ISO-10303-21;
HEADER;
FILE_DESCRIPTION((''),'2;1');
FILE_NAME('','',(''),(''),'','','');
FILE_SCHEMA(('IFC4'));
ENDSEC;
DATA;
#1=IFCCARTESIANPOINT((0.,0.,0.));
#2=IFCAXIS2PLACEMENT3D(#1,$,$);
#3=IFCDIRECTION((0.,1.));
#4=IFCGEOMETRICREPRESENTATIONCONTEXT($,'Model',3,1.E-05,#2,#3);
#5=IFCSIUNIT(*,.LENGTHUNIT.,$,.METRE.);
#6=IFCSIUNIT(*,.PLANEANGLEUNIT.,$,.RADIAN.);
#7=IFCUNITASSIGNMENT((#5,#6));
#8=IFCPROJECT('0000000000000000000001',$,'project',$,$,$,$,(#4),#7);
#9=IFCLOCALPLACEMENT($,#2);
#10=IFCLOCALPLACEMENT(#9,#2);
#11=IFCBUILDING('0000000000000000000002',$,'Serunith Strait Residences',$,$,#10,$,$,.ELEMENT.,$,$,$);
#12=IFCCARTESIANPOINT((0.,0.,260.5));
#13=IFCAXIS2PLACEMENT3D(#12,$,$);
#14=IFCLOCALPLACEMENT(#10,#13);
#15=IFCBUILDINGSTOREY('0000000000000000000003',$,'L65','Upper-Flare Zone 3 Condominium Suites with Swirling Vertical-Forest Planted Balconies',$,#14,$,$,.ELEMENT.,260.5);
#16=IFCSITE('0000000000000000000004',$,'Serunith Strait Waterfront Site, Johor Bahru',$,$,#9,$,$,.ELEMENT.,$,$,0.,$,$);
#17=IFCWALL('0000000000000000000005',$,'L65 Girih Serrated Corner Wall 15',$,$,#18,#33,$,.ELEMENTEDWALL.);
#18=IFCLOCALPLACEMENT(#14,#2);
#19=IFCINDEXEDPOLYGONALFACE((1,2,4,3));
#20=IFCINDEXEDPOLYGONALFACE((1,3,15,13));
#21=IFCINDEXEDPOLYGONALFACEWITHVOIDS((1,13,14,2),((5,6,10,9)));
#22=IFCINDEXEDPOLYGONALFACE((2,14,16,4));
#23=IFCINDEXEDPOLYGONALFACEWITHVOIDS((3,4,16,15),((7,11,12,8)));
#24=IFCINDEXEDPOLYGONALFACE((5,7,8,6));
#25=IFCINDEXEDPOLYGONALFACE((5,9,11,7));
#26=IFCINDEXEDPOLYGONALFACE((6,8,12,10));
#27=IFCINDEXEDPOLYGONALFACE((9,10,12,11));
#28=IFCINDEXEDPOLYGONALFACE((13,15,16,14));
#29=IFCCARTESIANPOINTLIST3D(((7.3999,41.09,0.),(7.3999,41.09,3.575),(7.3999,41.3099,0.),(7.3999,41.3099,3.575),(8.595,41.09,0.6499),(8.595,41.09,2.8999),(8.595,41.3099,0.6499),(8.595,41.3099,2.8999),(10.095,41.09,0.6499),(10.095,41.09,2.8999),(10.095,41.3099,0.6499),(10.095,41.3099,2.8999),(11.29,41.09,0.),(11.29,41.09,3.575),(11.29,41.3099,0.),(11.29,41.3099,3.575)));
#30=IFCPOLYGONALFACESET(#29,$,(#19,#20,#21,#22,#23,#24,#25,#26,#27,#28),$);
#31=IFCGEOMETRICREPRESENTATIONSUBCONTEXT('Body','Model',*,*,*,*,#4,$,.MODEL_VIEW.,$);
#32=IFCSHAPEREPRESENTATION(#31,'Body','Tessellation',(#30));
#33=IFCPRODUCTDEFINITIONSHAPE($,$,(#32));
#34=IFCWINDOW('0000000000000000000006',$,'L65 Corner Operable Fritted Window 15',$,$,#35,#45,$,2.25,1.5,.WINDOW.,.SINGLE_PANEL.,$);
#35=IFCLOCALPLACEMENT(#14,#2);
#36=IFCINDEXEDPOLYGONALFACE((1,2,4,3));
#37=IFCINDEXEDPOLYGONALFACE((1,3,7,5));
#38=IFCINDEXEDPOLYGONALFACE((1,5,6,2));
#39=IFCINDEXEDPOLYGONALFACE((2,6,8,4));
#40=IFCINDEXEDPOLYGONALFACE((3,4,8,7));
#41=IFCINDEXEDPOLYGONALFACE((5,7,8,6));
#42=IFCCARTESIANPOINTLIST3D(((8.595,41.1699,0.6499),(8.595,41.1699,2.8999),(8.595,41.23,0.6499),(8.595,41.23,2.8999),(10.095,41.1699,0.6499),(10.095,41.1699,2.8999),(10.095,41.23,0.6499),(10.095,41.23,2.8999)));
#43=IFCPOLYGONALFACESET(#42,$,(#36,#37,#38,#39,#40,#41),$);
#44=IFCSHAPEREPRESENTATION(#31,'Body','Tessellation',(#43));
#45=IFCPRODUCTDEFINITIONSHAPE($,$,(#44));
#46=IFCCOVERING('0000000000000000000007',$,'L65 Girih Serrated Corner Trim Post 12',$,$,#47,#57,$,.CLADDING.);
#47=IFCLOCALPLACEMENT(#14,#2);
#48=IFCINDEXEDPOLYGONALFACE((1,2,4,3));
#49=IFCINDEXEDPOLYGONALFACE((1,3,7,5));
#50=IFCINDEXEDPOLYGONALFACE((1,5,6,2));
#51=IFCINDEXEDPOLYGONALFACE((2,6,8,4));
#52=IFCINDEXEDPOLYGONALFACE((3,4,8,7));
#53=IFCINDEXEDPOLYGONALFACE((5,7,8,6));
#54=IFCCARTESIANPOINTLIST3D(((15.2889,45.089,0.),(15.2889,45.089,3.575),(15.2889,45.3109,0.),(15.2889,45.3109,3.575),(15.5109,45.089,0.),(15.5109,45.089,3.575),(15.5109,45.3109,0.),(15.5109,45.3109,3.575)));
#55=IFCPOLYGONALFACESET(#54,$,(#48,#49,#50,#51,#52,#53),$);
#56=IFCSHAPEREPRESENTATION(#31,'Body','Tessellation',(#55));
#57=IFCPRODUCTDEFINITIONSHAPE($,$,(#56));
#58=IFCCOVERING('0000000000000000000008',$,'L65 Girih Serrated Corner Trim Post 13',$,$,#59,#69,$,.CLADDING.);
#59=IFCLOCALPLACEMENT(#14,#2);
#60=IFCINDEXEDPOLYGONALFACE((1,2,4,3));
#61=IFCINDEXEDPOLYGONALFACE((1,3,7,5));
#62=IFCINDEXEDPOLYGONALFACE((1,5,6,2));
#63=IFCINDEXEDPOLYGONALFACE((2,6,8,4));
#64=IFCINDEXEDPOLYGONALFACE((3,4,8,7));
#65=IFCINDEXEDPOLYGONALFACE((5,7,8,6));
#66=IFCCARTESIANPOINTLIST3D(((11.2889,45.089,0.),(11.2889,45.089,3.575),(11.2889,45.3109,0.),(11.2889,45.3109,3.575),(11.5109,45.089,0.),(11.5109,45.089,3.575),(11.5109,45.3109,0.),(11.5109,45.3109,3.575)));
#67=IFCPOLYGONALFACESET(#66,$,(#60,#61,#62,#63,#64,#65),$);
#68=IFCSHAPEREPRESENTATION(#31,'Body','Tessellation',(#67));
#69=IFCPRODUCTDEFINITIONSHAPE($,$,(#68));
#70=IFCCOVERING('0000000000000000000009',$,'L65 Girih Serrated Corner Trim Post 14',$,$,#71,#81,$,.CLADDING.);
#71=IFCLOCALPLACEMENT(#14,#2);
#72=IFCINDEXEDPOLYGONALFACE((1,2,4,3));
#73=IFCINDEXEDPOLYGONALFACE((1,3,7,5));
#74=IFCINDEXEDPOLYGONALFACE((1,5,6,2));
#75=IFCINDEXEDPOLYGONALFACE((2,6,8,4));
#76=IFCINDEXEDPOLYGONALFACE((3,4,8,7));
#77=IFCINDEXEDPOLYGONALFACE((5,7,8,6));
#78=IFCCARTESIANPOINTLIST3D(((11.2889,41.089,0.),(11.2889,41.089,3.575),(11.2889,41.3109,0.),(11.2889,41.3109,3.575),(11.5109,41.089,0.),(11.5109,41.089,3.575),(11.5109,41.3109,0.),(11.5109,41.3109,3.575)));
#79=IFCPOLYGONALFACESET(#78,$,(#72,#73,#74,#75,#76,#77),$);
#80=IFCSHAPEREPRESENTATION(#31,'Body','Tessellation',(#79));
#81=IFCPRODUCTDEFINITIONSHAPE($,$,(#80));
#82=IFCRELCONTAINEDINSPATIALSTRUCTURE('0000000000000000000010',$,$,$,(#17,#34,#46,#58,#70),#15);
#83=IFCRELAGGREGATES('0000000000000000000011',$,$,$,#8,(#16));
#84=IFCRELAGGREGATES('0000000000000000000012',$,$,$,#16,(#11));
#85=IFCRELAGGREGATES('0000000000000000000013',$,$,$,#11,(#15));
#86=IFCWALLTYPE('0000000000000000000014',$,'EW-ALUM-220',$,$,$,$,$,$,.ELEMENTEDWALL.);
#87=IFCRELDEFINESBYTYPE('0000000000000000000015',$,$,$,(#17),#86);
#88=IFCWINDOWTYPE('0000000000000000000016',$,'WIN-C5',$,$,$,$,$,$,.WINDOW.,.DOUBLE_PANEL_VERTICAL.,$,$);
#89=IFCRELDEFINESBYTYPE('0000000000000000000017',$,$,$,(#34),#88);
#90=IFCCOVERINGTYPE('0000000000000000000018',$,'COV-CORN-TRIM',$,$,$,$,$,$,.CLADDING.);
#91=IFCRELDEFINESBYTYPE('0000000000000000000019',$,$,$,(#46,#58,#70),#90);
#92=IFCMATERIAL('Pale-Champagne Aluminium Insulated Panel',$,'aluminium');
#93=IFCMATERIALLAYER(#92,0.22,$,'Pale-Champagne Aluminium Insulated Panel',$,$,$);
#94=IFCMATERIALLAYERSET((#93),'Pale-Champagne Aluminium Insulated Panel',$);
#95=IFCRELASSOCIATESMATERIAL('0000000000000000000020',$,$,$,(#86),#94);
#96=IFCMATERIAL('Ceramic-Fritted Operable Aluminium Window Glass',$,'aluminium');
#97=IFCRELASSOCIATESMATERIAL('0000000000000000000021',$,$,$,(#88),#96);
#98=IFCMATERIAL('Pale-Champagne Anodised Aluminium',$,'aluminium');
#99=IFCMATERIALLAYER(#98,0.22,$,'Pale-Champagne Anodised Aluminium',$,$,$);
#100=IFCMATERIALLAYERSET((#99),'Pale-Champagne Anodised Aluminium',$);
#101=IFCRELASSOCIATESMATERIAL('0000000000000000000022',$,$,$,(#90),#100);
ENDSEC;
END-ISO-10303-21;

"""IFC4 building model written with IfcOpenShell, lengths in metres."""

from ifc_helpers import new_model, si_unit, direction, frame, frame_2d, origin, origin_2d, place, context, subcontext, project, spatial, rectangle, extrude, source, transform, mapped, material, layer, layer_set, type_object, element, fill, save


model = new_model("IFC4")

# Units and contexts
model_context = context("Model", 3, precision=1e-05, world=origin(), true_north=direction((0.0, 1.0)))
body_context = subcontext(model_context, "Body", "Model", "MODEL_VIEW")
ifc_project = project(units=[si_unit("LENGTHUNIT", "METRE"), si_unit("PLANEANGLEUNIT", "RADIAN")], contexts=[model_context])

# Site, building, storey
site_placement = place(None, origin())
site = spatial("IfcSite", under=ifc_project, at=site_placement, Name="Serunith Strait Waterfront Site, Johor Bahru", CompositionType="ELEMENT", RefElevation=0.0)
building_placement = place(site_placement, origin())
building = spatial("IfcBuilding", under=site, at=building_placement, Name="Serunith Strait Residences", CompositionType="ELEMENT")
storey_placement = place(building_placement, frame((0.0, 0.0, 260.5)))
storey = spatial("IfcBuildingStorey", under=building, at=storey_placement, Name="L65", Description="Upper-Flare Zone 3 Condominium Suites with Swirling Vertical-Forest Planted Balconies", CompositionType="ELEMENT", Elevation=260.5)

# Shared definitions
ifc_material_1 = material(Name="Pale-Champagne Anodised Aluminium", Category="aluminium")

# Wall, opening, window
ifc_material_2 = material(Name="Pale-Champagne Aluminium Insulated Panel", Category="aluminium")
ifc_layer_1 = layer(ifc_material_2, 0.22, Name="Pale-Champagne Aluminium Insulated Panel")
ifc_layer_set_1 = layer_set([ifc_layer_1], Name="Pale-Champagne Aluminium Insulated Panel")
wall_type = type_object("IfcWallType", Name="EW-ALUM-220", PredefinedType="ELEMENTEDWALL", material=ifc_layer_set_1)
ifc_material_3 = material(Name="Ceramic-Fritted Operable Aluminium Window Glass", Category="aluminium")
window_type = type_object("IfcWindowType", Name="WIN-C5", PartitioningType="DOUBLE_PANEL_VERTICAL", PredefinedType="WINDOW", material=ifc_material_3)
shared_shape_1 = source(origin(), body_context, "Body", "SweptSolid", [
    extrude(rectangle(XDim=1.5, YDim=2.25, at=frame_2d((0.75, 1.125))), frame((0.0, 0.03, 0.0), z_axis=(0.0, -1.0, 0.0), x_axis=(1.0, 0.0, 0.0)), (0.0, 0.0, 1.0), 0.0601),
])
wall_1_placement = place(storey_placement, frame((11.29, 41.2, 0.0), z_axis=(0.0, 0.0, 1.0), x_axis=(-1.0, 0.0, 0.0)))
wall_1 = element("IfcWall", 1, at=wall_1_placement, inside=storey, type_object=wall_type, Name="L65 Girih Serrated Corner Wall 15", PredefinedType="ELEMENTEDWALL", context=body_context, shape_type="SweptSolid", body=[
    extrude(rectangle(XDim=3.8901, YDim=0.22, at=frame_2d((1.9451, 0.0))), origin(), (0.0, 0.0, 1.0), 3.575),
])
opening_1_placement = place(wall_1_placement, frame((1.1951, 0.0, 0.6499)))
opening_1 = element("IfcOpeningElement", 2, at=opening_1_placement, cuts=wall_1, PredefinedType="OPENING", context=body_context, shape_type="SweptSolid", body=[
    extrude(rectangle(XDim=1.5, YDim=2.25, at=frame_2d((0.75, 1.125))), frame((0.0, 0.1201, 0.0), z_axis=(0.0, -1.0, 0.0), x_axis=(1.0, 0.0, 0.0)), (0.0, 0.0, 1.0), 0.24),
])
window_1_placement = place(opening_1_placement, origin())
window_1 = element("IfcWindow", 3, at=window_1_placement, inside=storey, type_object=window_type, Name="L65 Corner Operable Fritted Window 15", OverallHeight=2.25, OverallWidth=1.5, PartitioningType="SINGLE_PANEL", PredefinedType="WINDOW", context=body_context, shape_type="MappedRepresentation", body=[
    mapped(shared_shape_1, transform((0.0, 0.0, 0.0), scale=1.0)),
])
fill(opening_1, window_1)

# Coverings
ifc_layer_2 = layer(ifc_material_1, 0.22, Name="Pale-Champagne Anodised Aluminium")
ifc_layer_set_2 = layer_set([ifc_layer_2], Name="Pale-Champagne Anodised Aluminium")
covering_type = type_object("IfcCoveringType", Name="COV-CORN-TRIM", PredefinedType="CLADDING", material=ifc_layer_set_2)
shared_shape_2 = source(origin(), body_context, "Body", "SweptSolid", [
    extrude(rectangle(XDim=0.2219, YDim=0.2219, at=origin_2d()), origin(), (0.0, 0.0, 1.0), 3.575),
])
for number, where, z_axis, x_axis, name in (
    (4, (15.3999, 45.2, 0.0), (0.0, 0.0, 1.0), (1.0, 0.0, 0.0), "L65 Girih Serrated Corner Trim Post 12"),
    (5, (11.3999, 45.2, 0.0), (0.0, 0.0, 1.0), (1.0, 0.0, 0.0), "L65 Girih Serrated Corner Trim Post 13"),
    (6, (11.3999, 41.2, 0.0), (0.0, 0.0, 1.0), (1.0, 0.0, 0.0), "L65 Girih Serrated Corner Trim Post 14"),
):
    element("IfcCovering", number, at=place(storey_placement, frame(where, z_axis=z_axis, x_axis=x_axis)), inside=storey, type_object=covering_type, Name=name, PredefinedType="CLADDING", context=body_context, shape_type="MappedRepresentation", body=[
        mapped(shared_shape_2, transform((0.0, 0.0, 0.0), scale=1.0)),
    ])

save(model, "model.ifc")
